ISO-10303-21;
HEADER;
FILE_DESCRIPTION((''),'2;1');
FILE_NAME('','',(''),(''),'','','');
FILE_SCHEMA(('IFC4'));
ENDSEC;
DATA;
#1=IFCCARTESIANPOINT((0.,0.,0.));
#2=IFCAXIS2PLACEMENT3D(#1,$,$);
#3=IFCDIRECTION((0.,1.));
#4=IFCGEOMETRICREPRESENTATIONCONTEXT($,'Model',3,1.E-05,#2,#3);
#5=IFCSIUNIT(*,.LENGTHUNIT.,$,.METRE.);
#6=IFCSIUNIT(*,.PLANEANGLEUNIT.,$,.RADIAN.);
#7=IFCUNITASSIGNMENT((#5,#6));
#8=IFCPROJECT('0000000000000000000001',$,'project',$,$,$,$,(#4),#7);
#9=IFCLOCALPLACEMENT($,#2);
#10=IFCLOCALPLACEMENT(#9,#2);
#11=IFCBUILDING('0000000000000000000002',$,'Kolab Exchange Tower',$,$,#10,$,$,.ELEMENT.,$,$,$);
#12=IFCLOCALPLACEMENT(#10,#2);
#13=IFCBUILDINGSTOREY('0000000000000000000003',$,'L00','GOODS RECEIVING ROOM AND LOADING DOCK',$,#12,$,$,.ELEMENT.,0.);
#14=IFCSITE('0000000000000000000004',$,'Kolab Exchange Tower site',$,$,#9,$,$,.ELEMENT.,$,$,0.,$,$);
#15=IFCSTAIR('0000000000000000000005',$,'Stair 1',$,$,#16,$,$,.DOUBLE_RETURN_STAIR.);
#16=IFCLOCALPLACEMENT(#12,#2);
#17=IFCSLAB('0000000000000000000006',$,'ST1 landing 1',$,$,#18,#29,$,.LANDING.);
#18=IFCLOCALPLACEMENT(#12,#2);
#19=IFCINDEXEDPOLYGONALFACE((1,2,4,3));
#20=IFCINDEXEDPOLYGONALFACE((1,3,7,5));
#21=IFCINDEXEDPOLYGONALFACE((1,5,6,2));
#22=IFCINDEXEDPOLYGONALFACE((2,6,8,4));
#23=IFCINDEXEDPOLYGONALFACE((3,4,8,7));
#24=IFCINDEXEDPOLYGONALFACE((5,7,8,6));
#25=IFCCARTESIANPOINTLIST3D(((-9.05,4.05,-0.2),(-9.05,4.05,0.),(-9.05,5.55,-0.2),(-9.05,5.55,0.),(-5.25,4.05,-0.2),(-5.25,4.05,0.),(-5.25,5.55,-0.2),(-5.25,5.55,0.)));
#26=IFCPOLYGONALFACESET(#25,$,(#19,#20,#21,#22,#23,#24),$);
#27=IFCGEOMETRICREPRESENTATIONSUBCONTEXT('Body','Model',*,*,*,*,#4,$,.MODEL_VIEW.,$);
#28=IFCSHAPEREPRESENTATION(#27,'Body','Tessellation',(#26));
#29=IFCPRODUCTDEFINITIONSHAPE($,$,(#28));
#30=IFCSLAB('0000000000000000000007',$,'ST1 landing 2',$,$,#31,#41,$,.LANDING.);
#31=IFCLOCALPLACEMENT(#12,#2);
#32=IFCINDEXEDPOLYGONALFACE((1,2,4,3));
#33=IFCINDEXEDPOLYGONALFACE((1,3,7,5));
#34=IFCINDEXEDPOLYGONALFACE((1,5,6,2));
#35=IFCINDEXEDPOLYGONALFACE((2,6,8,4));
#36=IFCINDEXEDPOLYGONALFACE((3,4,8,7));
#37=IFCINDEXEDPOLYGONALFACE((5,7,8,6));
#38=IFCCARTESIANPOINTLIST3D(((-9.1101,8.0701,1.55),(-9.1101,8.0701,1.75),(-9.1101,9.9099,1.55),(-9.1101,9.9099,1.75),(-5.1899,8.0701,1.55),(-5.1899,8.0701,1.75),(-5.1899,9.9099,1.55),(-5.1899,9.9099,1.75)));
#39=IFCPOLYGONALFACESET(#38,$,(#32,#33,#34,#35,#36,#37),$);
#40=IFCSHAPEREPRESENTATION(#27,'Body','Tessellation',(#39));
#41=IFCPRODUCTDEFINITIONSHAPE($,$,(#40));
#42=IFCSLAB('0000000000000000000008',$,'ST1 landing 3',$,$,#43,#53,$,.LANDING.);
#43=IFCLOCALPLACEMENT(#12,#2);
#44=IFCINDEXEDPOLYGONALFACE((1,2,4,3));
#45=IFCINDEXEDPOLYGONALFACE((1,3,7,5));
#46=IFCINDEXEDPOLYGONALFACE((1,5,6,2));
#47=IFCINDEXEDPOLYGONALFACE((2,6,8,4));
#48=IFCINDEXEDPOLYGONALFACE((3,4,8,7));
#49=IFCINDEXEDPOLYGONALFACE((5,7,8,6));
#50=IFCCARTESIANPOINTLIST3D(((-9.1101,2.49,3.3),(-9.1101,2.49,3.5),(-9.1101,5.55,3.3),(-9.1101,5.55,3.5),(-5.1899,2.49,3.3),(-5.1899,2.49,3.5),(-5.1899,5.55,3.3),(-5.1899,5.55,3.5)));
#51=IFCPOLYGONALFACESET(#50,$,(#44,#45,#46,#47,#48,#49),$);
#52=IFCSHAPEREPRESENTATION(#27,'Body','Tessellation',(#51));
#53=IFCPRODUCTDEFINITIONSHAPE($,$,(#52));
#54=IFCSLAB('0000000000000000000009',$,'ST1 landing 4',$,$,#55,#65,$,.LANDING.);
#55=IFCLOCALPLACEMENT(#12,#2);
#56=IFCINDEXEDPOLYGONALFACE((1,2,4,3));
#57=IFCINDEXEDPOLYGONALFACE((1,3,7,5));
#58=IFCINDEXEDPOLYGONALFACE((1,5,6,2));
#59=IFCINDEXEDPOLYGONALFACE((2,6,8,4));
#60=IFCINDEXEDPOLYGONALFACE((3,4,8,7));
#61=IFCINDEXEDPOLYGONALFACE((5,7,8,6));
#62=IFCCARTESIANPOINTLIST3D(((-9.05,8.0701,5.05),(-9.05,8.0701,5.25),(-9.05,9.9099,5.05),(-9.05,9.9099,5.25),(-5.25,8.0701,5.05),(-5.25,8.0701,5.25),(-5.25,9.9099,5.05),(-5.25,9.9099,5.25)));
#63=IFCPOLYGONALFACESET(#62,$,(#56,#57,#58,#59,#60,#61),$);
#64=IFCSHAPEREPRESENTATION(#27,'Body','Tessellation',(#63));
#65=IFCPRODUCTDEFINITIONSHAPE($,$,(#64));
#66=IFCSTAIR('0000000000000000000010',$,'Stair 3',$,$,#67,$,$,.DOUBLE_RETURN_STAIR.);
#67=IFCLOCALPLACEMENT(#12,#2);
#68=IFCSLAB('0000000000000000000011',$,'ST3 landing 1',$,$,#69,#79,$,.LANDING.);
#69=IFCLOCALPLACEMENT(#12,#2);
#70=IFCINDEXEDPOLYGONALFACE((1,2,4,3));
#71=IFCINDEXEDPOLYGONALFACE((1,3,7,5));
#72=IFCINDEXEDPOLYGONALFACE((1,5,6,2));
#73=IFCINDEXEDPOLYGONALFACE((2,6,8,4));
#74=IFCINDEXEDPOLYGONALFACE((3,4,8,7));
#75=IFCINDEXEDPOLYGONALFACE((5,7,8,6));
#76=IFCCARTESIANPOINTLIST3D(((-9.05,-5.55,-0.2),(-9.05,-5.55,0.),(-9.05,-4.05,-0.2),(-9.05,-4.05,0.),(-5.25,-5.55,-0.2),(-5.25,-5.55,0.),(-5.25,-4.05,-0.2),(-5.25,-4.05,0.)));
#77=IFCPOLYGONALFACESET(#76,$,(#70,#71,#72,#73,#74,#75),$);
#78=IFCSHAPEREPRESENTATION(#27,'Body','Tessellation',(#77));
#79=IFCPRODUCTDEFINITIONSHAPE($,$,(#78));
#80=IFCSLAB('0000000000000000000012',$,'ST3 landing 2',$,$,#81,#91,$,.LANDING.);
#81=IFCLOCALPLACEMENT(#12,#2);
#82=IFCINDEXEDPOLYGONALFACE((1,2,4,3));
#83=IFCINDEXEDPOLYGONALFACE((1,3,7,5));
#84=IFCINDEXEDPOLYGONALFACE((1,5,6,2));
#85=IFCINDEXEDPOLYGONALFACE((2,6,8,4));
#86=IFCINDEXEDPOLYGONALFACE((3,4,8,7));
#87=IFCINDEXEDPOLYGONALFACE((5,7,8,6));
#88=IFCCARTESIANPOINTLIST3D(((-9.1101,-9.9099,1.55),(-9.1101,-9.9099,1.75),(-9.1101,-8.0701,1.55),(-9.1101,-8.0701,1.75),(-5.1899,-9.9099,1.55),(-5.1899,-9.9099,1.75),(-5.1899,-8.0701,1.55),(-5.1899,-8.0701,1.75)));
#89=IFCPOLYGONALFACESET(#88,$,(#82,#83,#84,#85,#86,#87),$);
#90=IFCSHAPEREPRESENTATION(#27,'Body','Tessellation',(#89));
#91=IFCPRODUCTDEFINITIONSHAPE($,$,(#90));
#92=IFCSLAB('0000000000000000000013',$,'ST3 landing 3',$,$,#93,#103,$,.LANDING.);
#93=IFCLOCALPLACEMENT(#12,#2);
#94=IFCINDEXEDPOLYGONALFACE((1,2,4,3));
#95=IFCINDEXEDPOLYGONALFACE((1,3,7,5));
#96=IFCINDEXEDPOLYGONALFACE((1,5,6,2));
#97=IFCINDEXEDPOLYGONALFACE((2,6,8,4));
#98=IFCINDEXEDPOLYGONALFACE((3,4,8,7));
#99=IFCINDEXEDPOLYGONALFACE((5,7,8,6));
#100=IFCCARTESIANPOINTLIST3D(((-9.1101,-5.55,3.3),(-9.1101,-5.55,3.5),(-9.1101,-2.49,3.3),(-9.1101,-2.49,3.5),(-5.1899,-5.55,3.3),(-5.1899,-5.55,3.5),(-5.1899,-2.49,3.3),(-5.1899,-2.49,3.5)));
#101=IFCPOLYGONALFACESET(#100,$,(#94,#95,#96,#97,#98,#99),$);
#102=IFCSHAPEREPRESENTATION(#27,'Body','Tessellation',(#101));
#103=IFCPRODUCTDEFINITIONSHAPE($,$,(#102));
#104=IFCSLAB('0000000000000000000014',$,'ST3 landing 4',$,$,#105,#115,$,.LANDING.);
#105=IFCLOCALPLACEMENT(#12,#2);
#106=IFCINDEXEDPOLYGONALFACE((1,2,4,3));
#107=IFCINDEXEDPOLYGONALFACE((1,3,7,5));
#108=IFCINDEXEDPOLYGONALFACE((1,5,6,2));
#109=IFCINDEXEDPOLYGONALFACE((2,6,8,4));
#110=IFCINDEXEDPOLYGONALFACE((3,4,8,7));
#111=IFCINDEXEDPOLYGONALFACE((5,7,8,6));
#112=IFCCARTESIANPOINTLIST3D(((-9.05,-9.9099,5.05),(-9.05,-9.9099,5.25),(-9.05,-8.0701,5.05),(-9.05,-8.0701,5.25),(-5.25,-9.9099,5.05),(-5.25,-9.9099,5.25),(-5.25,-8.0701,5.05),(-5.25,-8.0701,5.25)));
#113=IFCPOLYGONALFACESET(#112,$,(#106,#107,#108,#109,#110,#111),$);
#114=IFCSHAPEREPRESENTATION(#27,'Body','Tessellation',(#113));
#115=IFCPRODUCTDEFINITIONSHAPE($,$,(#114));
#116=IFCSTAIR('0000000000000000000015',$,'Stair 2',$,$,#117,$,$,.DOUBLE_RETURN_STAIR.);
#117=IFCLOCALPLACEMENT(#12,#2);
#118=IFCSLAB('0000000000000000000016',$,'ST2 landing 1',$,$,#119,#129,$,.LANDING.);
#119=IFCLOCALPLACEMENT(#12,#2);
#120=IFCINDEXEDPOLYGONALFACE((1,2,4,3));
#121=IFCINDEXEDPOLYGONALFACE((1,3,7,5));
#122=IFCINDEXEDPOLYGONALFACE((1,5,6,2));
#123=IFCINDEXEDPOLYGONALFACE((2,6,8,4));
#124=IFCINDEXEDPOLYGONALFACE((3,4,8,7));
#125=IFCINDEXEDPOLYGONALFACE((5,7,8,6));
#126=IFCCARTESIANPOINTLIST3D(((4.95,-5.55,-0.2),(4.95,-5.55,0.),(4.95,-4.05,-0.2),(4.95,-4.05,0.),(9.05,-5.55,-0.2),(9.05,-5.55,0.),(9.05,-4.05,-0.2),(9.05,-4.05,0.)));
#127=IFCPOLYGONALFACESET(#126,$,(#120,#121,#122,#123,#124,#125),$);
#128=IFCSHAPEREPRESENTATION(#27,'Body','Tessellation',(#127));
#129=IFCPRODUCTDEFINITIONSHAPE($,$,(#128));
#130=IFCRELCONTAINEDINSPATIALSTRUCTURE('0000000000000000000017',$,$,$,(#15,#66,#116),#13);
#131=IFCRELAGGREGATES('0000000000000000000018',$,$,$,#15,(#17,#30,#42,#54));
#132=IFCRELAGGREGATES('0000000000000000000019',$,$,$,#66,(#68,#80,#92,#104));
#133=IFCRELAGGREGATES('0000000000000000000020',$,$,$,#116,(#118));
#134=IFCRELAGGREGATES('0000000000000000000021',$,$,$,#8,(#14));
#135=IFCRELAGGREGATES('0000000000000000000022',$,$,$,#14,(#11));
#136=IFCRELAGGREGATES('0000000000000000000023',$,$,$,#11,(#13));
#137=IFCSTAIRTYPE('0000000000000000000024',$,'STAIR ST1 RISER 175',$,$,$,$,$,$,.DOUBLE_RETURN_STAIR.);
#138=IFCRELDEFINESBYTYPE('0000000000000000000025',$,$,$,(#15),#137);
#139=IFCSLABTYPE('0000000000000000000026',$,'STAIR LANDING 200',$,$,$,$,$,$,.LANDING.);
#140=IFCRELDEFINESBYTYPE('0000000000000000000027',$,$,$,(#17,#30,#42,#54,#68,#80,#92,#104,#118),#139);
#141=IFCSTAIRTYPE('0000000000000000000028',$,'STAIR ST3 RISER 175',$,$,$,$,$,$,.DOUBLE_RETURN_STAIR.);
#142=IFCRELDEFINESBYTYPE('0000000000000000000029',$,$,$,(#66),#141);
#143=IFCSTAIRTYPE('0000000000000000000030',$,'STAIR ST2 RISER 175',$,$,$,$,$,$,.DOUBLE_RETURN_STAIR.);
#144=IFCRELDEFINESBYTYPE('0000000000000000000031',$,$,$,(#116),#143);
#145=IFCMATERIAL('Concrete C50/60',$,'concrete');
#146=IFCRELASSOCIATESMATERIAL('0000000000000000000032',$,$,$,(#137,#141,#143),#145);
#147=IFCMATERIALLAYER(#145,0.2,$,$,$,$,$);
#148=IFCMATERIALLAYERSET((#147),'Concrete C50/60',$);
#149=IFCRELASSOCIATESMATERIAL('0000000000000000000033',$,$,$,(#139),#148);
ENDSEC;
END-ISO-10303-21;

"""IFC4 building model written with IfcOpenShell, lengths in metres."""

from ifc_helpers import new_model, si_unit, direction, frame, origin, place, context, subcontext, project, spatial, polyline, outline, extrude, material, layer, layer_set, type_object, element, aggregate, save


model = new_model("IFC4")

# Units and contexts
model_context = context("Model", 3, precision=1e-05, world=origin(), true_north=direction((0.0, 1.0)))
body_context = subcontext(model_context, "Body", "Model", "MODEL_VIEW")
ifc_project = project(units=[si_unit("LENGTHUNIT", "METRE"), si_unit("PLANEANGLEUNIT", "RADIAN")], contexts=[model_context])

# Site, building, storey
site_placement = place(None, origin())
site = spatial("IfcSite", under=ifc_project, at=site_placement, Name="Kolab Exchange Tower site", CompositionType="ELEMENT", RefElevation=0.0)
building_placement = place(site_placement, origin())
building = spatial("IfcBuilding", under=site, at=building_placement, Name="Kolab Exchange Tower", CompositionType="ELEMENT")
storey_placement = place(building_placement, origin())
storey = spatial("IfcBuildingStorey", under=building, at=storey_placement, Name="L00", Description="GOODS RECEIVING ROOM AND LOADING DOCK", CompositionType="ELEMENT", Elevation=0.0)

# Stairs, slabs
ifc_material_1 = material(Name="Concrete C50/60", Category="concrete")
stair_type_1 = type_object("IfcStairType", Name="STAIR ST1 RISER 175", PredefinedType="DOUBLE_RETURN_STAIR", material=ifc_material_1)
stair_1_placement = place(storey_placement, origin())
stair_1 = element("IfcStair", 1, at=stair_1_placement, inside=storey, type_object=stair_type_1, Name="Stair 1", PredefinedType="DOUBLE_RETURN_STAIR")
ifc_layer_1 = layer(ifc_material_1, 0.2)
ifc_layer_set_1 = layer_set([ifc_layer_1], Name="Concrete C50/60")
slab_type = type_object("IfcSlabType", Name="STAIR LANDING 200", PredefinedType="LANDING", material=ifc_layer_set_1)
slab_1_placement = place(storey_placement, frame((0.0, 0.0, -0.2)))
slab_1 = element("IfcSlab", 2, at=slab_1_placement, type_object=slab_type, Name="ST1 landing 1", PredefinedType="LANDING", context=body_context, shape_type="SweptSolid", body=[
    extrude(outline(polyline([(-9.05, 4.05), (-5.25, 4.05), (-5.25, 5.55), (-9.05, 5.55), (-9.05, 4.05)])), origin(), (0.0, 0.0, 1.0), 0.2),
])
slab_2_placement = place(storey_placement, frame((0.0, 0.0, 1.55)))
slab_2 = element("IfcSlab", 3, at=slab_2_placement, type_object=slab_type, Name="ST1 landing 2", PredefinedType="LANDING", context=body_context, shape_type="SweptSolid", body=[
    extrude(outline(polyline([(-9.1101, 8.0701), (-5.1899, 8.0701), (-5.1899, 9.9099), (-9.1101, 9.9099), (-9.1101, 8.0701)])), origin(), (0.0, 0.0, 1.0), 0.2),
])
slab_3_placement = place(storey_placement, frame((0.0, 0.0, 3.3)))
slab_3 = element("IfcSlab", 4, at=slab_3_placement, type_object=slab_type, Name="ST1 landing 3", PredefinedType="LANDING", context=body_context, shape_type="SweptSolid", body=[
    extrude(outline(polyline([(-9.1101, 2.49), (-5.1899, 2.49), (-5.1899, 5.55), (-9.1101, 5.55), (-9.1101, 2.49)])), origin(), (0.0, 0.0, 1.0), 0.2),
])
slab_4_placement = place(storey_placement, frame((0.0, 0.0, 5.05)))
slab_4 = element("IfcSlab", 5, at=slab_4_placement, type_object=slab_type, Name="ST1 landing 4", PredefinedType="LANDING", context=body_context, shape_type="SweptSolid", body=[
    extrude(outline(polyline([(-9.05, 8.0701), (-5.25, 8.0701), (-5.25, 9.9099), (-9.05, 9.9099), (-9.05, 8.0701)])), origin(), (0.0, 0.0, 1.0), 0.2),
])
aggregate(stair_1, [slab_1, slab_2, slab_3, slab_4])
stair_type_2 = type_object("IfcStairType", Name="STAIR ST3 RISER 175", PredefinedType="DOUBLE_RETURN_STAIR", material=ifc_material_1)
stair_2_placement = place(storey_placement, origin())
stair_2 = element("IfcStair", 6, at=stair_2_placement, inside=storey, type_object=stair_type_2, Name="Stair 3", PredefinedType="DOUBLE_RETURN_STAIR")
slab_5_placement = place(storey_placement, frame((0.0, 0.0, -0.2)))
slab_5 = element("IfcSlab", 7, at=slab_5_placement, type_object=slab_type, Name="ST3 landing 1", PredefinedType="LANDING", context=body_context, shape_type="SweptSolid", body=[
    extrude(outline(polyline([(-9.05, -5.55), (-5.25, -5.55), (-5.25, -4.05), (-9.05, -4.05), (-9.05, -5.55)])), origin(), (0.0, 0.0, 1.0), 0.2),
])
slab_6_placement = place(storey_placement, frame((0.0, 0.0, 1.55)))
slab_6 = element("IfcSlab", 8, at=slab_6_placement, type_object=slab_type, Name="ST3 landing 2", PredefinedType="LANDING", context=body_context, shape_type="SweptSolid", body=[
    extrude(outline(polyline([(-9.1101, -9.9099), (-5.1899, -9.9099), (-5.1899, -8.0701), (-9.1101, -8.0701), (-9.1101, -9.9099)])), origin(), (0.0, 0.0, 1.0), 0.2),
])
slab_7_placement = place(storey_placement, frame((0.0, 0.0, 3.3)))
slab_7 = element("IfcSlab", 9, at=slab_7_placement, type_object=slab_type, Name="ST3 landing 3", PredefinedType="LANDING", context=body_context, shape_type="SweptSolid", body=[
    extrude(outline(polyline([(-9.1101, -5.55), (-5.1899, -5.55), (-5.1899, -2.49), (-9.1101, -2.49), (-9.1101, -5.55)])), origin(), (0.0, 0.0, 1.0), 0.2),
])
slab_8_placement = place(storey_placement, frame((0.0, 0.0, 5.05)))
slab_8 = element("IfcSlab", 10, at=slab_8_placement, type_object=slab_type, Name="ST3 landing 4", PredefinedType="LANDING", context=body_context, shape_type="SweptSolid", body=[
    extrude(outline(polyline([(-9.05, -9.9099), (-5.25, -9.9099), (-5.25, -8.0701), (-9.05, -8.0701), (-9.05, -9.9099)])), origin(), (0.0, 0.0, 1.0), 0.2),
])
aggregate(stair_2, [slab_5, slab_6, slab_7, slab_8])

# Stair, slab
stair_type_3 = type_object("IfcStairType", Name="STAIR ST2 RISER 175", PredefinedType="DOUBLE_RETURN_STAIR", material=ifc_material_1)
stair_3_placement = place(storey_placement, origin())
stair_3 = element("IfcStair", 11, at=stair_3_placement, inside=storey, type_object=stair_type_3, Name="Stair 2", PredefinedType="DOUBLE_RETURN_STAIR")
slab_9_placement = place(storey_placement, frame((0.0, 0.0, -0.2)))
slab_9 = element("IfcSlab", 12, at=slab_9_placement, type_object=slab_type, Name="ST2 landing 1", PredefinedType="LANDING", context=body_context, shape_type="SweptSolid", body=[
    extrude(outline(polyline([(4.95, -5.55), (9.05, -5.55), (9.05, -4.05), (4.95, -4.05), (4.95, -5.55)])), origin(), (0.0, 0.0, 1.0), 0.2),
])
aggregate(stair_3, [slab_9])

save(model, "model.ifc")
